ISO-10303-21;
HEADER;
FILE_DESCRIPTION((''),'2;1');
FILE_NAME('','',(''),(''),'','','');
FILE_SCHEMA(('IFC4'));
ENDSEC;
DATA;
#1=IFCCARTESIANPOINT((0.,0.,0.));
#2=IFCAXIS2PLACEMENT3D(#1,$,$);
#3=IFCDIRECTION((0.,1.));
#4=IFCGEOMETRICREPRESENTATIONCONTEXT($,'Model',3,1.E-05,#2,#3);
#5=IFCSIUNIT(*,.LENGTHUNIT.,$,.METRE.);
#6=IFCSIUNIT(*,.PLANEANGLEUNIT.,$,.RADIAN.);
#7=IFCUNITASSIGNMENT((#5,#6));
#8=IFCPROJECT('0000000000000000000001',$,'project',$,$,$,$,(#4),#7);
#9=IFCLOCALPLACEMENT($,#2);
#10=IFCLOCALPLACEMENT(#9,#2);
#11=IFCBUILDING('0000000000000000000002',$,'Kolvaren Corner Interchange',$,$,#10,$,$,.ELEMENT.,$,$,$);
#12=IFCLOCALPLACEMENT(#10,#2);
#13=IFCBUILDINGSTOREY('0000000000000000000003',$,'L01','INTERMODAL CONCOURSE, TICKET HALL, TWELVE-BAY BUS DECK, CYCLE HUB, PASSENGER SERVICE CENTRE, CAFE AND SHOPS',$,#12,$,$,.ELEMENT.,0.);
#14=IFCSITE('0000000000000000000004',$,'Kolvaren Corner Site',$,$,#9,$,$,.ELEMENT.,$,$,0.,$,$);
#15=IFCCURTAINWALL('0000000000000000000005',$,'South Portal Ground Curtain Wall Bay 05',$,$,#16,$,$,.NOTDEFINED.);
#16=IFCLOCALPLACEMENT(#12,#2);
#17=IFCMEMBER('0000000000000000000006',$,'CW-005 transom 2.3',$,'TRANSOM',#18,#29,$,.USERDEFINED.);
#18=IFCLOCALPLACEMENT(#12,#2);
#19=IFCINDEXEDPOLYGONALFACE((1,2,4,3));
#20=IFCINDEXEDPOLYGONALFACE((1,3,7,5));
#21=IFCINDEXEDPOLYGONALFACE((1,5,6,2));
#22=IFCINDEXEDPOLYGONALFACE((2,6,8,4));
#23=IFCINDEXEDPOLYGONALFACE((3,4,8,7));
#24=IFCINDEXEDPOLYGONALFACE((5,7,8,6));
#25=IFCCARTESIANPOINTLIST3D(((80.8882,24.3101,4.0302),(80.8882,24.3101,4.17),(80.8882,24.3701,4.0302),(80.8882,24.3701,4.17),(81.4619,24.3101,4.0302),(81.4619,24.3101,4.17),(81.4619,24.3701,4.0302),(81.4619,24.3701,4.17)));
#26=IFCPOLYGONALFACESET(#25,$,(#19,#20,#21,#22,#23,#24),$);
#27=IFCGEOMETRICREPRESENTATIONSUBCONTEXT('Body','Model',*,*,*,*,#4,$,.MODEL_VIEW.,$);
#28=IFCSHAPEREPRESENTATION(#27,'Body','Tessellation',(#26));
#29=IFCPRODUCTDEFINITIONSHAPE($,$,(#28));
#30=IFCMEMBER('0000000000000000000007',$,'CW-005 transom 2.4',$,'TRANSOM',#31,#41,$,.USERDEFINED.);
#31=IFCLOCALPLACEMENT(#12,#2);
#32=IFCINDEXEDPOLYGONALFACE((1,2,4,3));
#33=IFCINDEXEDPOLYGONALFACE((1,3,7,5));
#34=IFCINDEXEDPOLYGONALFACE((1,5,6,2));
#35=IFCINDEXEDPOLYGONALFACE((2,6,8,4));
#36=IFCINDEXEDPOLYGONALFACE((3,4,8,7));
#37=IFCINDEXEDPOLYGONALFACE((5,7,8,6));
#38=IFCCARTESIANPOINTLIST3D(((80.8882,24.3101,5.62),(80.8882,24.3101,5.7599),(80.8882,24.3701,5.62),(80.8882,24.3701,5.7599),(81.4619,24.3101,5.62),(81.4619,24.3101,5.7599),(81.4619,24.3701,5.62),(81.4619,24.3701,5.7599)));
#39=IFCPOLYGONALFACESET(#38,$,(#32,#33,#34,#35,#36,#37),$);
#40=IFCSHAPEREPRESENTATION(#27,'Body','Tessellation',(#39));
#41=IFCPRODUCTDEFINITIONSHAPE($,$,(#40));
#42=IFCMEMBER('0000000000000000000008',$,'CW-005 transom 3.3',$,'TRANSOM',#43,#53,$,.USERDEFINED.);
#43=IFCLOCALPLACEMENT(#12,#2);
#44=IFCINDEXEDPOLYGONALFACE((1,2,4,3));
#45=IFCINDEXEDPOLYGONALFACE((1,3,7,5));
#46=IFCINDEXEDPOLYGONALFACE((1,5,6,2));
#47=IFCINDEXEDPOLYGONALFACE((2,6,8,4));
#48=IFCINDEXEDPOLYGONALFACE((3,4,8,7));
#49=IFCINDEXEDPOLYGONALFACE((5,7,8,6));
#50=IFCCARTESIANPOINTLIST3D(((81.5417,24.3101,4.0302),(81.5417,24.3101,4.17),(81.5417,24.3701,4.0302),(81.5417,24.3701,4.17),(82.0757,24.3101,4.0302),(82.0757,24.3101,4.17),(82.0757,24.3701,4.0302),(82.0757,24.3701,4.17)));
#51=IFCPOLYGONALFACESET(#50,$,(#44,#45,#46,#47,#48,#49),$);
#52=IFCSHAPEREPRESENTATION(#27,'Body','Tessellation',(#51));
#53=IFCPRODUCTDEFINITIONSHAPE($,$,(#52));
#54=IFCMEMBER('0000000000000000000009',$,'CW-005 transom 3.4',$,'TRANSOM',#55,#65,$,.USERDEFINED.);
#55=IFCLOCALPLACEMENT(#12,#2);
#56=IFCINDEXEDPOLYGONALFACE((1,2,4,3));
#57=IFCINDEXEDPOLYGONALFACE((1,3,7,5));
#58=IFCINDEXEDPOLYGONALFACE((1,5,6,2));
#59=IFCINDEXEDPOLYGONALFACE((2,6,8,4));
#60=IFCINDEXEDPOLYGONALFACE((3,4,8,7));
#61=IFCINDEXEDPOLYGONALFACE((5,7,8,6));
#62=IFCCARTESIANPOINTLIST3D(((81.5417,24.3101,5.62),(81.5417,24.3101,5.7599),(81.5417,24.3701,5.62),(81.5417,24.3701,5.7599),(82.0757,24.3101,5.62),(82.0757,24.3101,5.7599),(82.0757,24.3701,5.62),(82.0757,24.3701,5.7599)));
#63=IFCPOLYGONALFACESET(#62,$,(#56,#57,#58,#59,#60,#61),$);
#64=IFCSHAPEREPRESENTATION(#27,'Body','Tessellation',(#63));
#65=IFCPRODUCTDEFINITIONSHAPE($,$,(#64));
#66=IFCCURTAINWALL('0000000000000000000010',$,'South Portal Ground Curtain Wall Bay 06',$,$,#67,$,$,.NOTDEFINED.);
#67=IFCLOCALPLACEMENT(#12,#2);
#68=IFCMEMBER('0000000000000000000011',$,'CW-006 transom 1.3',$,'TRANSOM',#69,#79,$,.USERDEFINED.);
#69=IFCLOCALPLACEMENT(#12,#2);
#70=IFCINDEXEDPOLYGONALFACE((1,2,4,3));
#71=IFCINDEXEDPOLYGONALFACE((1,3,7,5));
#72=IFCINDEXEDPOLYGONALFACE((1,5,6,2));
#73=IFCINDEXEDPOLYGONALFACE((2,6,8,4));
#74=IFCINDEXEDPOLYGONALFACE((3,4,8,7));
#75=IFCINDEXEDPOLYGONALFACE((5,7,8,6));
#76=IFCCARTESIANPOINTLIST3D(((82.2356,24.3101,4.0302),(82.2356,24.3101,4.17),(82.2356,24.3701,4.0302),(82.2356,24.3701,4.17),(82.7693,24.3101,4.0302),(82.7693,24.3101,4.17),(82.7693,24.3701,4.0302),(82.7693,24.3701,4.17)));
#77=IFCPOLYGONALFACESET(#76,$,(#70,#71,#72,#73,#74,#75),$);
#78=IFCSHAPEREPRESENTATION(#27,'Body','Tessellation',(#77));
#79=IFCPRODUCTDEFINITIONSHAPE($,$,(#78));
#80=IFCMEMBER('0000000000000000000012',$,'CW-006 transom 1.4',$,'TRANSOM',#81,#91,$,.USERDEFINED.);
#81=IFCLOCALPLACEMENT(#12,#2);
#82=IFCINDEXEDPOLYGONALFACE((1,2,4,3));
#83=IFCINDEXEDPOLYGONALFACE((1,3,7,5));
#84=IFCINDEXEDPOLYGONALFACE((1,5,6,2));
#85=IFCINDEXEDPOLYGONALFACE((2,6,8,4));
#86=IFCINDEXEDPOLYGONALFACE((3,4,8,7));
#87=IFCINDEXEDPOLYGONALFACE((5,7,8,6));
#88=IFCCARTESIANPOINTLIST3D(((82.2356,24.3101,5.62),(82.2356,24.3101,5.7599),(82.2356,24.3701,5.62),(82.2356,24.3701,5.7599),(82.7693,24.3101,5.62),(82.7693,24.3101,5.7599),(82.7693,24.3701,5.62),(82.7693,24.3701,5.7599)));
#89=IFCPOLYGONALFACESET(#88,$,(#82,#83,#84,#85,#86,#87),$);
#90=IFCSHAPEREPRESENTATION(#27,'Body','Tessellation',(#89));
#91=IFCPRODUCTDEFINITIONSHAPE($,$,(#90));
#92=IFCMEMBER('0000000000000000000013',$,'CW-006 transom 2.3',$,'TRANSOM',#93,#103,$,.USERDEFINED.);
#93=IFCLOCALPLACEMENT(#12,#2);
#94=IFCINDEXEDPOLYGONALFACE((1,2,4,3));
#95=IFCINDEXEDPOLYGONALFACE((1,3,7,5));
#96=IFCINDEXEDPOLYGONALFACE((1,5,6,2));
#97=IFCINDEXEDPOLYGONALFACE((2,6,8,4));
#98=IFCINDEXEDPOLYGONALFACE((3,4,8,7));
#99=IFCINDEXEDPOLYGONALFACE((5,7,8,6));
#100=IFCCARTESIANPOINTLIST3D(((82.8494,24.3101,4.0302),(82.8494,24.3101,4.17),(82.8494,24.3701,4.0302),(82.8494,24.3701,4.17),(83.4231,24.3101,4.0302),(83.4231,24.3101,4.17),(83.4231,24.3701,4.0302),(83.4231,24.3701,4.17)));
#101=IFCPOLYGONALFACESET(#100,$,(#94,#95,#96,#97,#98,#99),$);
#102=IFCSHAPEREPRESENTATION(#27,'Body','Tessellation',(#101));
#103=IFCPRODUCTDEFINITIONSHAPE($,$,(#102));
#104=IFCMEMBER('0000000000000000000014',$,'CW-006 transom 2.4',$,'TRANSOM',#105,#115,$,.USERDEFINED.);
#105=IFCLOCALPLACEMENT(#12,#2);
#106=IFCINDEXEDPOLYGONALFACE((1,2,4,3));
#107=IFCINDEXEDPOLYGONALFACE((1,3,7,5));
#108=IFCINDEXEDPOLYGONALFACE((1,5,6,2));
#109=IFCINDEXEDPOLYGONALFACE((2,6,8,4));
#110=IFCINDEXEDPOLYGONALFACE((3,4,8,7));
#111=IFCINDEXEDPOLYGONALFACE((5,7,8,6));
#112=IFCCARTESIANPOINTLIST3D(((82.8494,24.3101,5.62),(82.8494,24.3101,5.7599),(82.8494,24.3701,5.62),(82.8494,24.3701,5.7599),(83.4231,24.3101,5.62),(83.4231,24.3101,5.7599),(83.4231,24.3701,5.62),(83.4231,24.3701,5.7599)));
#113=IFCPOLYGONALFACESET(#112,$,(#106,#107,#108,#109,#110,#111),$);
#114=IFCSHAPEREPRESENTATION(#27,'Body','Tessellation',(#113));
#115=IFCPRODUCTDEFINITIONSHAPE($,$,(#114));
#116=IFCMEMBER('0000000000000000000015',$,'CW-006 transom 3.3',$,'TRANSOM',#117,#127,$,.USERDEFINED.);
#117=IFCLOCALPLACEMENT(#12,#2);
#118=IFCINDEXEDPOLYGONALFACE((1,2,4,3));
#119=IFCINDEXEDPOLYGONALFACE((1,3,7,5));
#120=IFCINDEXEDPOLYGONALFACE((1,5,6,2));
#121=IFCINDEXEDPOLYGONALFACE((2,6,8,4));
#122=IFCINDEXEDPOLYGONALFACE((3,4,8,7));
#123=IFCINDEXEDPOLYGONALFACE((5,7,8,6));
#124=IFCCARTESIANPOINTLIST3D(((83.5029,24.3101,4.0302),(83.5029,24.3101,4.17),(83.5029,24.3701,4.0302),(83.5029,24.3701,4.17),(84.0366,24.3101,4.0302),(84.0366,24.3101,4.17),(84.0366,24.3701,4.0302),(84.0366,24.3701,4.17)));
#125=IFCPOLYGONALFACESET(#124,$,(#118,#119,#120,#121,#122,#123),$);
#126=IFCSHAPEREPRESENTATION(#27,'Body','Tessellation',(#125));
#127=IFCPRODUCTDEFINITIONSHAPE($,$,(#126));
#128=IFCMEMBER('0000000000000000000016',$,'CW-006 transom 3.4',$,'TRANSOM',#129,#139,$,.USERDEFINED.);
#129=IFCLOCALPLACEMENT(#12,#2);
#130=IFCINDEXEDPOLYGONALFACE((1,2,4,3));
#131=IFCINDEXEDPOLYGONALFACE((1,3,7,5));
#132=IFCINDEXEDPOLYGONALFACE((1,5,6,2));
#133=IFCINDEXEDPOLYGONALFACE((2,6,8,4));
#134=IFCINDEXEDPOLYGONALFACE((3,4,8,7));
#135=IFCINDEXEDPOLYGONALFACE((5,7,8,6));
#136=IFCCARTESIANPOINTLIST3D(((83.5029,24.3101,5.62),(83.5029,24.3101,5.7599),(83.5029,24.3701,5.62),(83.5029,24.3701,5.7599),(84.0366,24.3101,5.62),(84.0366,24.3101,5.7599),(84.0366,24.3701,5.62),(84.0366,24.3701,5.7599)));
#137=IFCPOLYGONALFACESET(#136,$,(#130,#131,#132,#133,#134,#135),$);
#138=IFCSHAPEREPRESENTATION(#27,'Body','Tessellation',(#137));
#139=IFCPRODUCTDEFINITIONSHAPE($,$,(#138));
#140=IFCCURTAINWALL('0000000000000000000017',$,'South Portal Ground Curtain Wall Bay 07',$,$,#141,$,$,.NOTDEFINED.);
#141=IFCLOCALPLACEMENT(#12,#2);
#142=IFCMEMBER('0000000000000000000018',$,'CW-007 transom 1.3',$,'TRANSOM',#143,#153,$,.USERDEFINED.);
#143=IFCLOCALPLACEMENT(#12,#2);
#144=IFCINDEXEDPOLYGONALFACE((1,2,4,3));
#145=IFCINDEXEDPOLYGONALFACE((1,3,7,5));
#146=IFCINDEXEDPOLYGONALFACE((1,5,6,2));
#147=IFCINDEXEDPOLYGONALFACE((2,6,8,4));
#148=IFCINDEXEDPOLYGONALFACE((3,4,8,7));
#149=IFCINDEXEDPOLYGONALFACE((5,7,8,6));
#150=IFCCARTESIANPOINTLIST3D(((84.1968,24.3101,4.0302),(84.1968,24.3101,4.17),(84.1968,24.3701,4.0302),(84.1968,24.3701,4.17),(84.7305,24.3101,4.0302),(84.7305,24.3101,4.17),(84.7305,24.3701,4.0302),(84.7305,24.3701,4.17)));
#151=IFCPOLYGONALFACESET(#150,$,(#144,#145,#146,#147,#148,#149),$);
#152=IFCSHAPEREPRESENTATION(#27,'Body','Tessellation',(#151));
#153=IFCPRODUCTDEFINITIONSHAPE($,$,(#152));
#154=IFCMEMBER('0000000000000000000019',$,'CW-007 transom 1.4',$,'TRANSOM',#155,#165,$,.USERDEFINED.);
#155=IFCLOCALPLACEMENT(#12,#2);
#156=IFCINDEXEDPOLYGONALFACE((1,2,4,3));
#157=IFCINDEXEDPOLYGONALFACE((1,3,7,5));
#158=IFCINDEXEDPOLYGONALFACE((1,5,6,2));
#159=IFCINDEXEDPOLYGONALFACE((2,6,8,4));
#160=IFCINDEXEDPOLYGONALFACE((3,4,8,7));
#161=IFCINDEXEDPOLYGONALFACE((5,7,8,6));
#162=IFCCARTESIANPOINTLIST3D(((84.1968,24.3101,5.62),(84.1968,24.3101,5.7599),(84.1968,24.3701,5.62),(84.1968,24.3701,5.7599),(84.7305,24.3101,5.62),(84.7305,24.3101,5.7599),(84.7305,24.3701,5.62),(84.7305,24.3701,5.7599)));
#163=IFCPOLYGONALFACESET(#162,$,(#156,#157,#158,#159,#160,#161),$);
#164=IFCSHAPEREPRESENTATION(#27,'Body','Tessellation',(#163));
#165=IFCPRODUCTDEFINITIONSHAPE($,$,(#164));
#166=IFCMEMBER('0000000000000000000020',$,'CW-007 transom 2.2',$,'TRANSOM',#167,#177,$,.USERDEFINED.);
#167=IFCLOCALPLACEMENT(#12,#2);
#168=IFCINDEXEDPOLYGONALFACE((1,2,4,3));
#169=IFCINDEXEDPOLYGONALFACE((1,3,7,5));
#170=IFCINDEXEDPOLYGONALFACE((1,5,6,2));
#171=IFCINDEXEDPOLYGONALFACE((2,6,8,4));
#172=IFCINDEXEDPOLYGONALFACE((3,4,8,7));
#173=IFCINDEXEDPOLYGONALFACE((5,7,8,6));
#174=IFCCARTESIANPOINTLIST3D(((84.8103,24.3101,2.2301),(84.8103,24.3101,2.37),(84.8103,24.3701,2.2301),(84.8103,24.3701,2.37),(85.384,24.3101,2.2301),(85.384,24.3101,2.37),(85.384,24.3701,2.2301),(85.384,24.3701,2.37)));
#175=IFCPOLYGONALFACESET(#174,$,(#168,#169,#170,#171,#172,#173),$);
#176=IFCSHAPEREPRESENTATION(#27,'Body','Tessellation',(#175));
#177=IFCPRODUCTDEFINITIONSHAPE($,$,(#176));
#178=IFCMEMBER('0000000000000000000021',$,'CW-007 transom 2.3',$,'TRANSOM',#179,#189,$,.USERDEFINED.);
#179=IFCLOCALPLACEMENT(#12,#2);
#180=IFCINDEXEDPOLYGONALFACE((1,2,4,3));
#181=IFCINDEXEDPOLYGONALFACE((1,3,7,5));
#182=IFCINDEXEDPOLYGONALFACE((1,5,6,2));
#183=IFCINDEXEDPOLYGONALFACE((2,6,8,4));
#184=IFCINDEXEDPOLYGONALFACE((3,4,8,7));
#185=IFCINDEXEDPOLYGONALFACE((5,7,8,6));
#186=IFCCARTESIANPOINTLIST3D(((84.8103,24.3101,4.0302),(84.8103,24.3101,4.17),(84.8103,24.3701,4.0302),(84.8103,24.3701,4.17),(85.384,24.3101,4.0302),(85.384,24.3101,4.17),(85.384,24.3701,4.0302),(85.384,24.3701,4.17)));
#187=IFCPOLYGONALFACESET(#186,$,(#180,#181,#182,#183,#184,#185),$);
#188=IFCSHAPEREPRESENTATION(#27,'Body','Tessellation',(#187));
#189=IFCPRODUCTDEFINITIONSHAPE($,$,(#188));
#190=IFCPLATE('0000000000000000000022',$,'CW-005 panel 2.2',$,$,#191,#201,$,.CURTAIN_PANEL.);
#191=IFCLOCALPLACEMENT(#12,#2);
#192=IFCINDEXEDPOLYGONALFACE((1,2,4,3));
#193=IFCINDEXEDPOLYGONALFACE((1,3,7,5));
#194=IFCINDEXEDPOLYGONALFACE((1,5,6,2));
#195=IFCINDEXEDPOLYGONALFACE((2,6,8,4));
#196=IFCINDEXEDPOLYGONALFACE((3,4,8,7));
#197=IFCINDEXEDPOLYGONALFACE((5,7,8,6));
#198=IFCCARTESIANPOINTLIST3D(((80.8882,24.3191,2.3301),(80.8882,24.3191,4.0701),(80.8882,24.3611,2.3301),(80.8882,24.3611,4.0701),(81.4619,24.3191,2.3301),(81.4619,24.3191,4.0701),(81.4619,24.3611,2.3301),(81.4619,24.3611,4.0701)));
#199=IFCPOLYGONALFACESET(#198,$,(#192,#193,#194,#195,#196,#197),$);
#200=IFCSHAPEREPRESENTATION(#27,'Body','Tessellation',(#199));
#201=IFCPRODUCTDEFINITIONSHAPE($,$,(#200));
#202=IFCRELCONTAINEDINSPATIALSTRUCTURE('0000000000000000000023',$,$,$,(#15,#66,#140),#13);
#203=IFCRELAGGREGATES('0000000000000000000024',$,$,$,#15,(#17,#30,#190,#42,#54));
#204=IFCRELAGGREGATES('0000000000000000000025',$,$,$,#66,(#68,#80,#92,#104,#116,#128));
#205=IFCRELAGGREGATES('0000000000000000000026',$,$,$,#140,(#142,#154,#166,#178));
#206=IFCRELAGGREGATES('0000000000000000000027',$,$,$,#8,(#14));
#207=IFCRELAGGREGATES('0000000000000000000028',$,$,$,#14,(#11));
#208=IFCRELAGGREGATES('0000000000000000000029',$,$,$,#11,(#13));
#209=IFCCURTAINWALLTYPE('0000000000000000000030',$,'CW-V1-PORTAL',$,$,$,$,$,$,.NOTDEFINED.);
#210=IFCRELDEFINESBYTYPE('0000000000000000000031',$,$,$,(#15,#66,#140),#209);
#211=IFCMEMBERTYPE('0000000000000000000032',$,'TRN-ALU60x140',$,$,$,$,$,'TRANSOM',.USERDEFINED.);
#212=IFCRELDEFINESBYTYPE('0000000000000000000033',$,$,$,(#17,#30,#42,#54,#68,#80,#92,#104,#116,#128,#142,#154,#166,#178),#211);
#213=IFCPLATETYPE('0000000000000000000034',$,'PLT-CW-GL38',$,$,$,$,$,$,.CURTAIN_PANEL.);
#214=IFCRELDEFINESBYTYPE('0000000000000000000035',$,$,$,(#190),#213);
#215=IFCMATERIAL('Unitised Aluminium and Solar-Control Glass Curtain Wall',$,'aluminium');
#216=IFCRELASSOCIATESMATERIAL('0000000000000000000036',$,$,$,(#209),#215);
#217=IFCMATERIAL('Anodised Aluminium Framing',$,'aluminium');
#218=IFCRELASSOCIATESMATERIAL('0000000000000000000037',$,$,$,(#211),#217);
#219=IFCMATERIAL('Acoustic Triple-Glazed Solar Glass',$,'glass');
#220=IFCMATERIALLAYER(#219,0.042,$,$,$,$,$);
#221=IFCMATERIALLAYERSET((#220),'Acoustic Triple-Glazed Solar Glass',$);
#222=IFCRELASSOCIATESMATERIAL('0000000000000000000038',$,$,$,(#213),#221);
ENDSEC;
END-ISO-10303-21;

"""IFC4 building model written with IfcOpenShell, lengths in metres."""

from ifc_helpers import new_model, si_unit, direction, frame, origin, origin_2d, place, context, subcontext, project, spatial, rectangle, extrude, material, layer, layer_set, material_profile, profile_set, type_object, element, aggregate, save


model = new_model("IFC4")

# Units and contexts
model_context = context("Model", 3, precision=1e-05, world=origin(), true_north=direction((0.0, 1.0)))
body_context = subcontext(model_context, "Body", "Model", "MODEL_VIEW")
ifc_project = project(units=[si_unit("LENGTHUNIT", "METRE"), si_unit("PLANEANGLEUNIT", "RADIAN")], contexts=[model_context])

# Site, building, storey
site_placement = place(None, origin())
site = spatial("IfcSite", under=ifc_project, at=site_placement, Name="Kolvaren Corner Site", CompositionType="ELEMENT", RefElevation=0.0)
building_placement = place(site_placement, origin())
building = spatial("IfcBuilding", under=site, at=building_placement, Name="Kolvaren Corner Interchange", CompositionType="ELEMENT")
storey_placement = place(building_placement, origin())
storey = spatial("IfcBuildingStorey", under=building, at=storey_placement, Name="L01", Description="INTERMODAL CONCOURSE, TICKET HALL, TWELVE-BAY BUS DECK, CYCLE HUB, PASSENGER SERVICE CENTRE, CAFE AND SHOPS", CompositionType="ELEMENT", Elevation=0.0)

# Curtain walls, members
ifc_material_1 = material(Name="Unitised Aluminium and Solar-Control Glass Curtain Wall", Category="aluminium")
curtain_wall_type = type_object("IfcCurtainWallType", Name="CW-V1-PORTAL", PredefinedType="NOTDEFINED", material=ifc_material_1)
curtain_wall_1_placement = place(storey_placement, origin())
curtain_wall_1 = element("IfcCurtainWall", 1, at=curtain_wall_1_placement, inside=storey, type_object=curtain_wall_type, Name="South Portal Ground Curtain Wall Bay 05", PredefinedType="NOTDEFINED")
ifc_material_2 = material(Name="Anodised Aluminium Framing", Category="aluminium")
ifc_material_profile = material_profile(ifc_material_2, rectangle(XDim=0.0601, YDim=0.1399, at=origin_2d()), Name="ALU 60x140")
ifc_profile_set = profile_set([ifc_material_profile], Name="Anodised Aluminium Framing")
member_type = type_object("IfcMemberType", Name="TRN-ALU60x140", ElementType="TRANSOM", PredefinedType="USERDEFINED", material=ifc_profile_set)
member_1_placement = place(storey_placement, frame((80.8882, 24.3401, 4.1001), z_axis=(1.0, 0.0, 0.0), x_axis=(0.0, 1.0, 0.0)))
member_1 = element("IfcMember", 2, at=member_1_placement, type_object=member_type, Name="CW-005 transom 2.3", ObjectType="TRANSOM", PredefinedType="USERDEFINED", context=body_context, shape_type="SweptSolid", body=[
    extrude(rectangle(XDim=0.0601, YDim=0.1399, at=origin_2d()), origin(), (0.0, 0.0, 1.0), 0.5737),
])
member_2_placement = place(storey_placement, frame((80.8882, 24.3401, 5.6899), z_axis=(1.0, 0.0, 0.0), x_axis=(0.0, 1.0, 0.0)))
member_2 = element("IfcMember", 3, at=member_2_placement, type_object=member_type, Name="CW-005 transom 2.4", ObjectType="TRANSOM", PredefinedType="USERDEFINED", context=body_context, shape_type="SweptSolid", body=[
    extrude(rectangle(XDim=0.0601, YDim=0.1399, at=origin_2d()), origin(), (0.0, 0.0, 1.0), 0.5737),
])
member_3_placement = place(storey_placement, frame((81.5417, 24.3401, 4.1001), z_axis=(1.0, 0.0, 0.0), x_axis=(0.0, 1.0, 0.0)))
member_3 = element("IfcMember", 4, at=member_3_placement, type_object=member_type, Name="CW-005 transom 3.3", ObjectType="TRANSOM", PredefinedType="USERDEFINED", context=body_context, shape_type="SweptSolid", body=[
    extrude(rectangle(XDim=0.0601, YDim=0.1399, at=origin_2d()), origin(), (0.0, 0.0, 1.0), 0.5339),
])
member_4_placement = place(storey_placement, frame((81.5417, 24.3401, 5.6899), z_axis=(1.0, 0.0, 0.0), x_axis=(0.0, 1.0, 0.0)))
member_4 = element("IfcMember", 5, at=member_4_placement, type_object=member_type, Name="CW-005 transom 3.4", ObjectType="TRANSOM", PredefinedType="USERDEFINED", context=body_context, shape_type="SweptSolid", body=[
    extrude(rectangle(XDim=0.0601, YDim=0.1399, at=origin_2d()), origin(), (0.0, 0.0, 1.0), 0.5339),
])
curtain_wall_2_placement = place(storey_placement, origin())
curtain_wall_2 = element("IfcCurtainWall", 6, at=curtain_wall_2_placement, inside=storey, type_object=curtain_wall_type, Name="South Portal Ground Curtain Wall Bay 06", PredefinedType="NOTDEFINED")
member_5_placement = place(storey_placement, frame((82.2356, 24.3401, 4.1001), z_axis=(1.0, 0.0, 0.0), x_axis=(0.0, 1.0, 0.0)))
member_5 = element("IfcMember", 7, at=member_5_placement, type_object=member_type, Name="CW-006 transom 1.3", ObjectType="TRANSOM", PredefinedType="USERDEFINED", context=body_context, shape_type="SweptSolid", body=[
    extrude(rectangle(XDim=0.0601, YDim=0.1399, at=origin_2d()), origin(), (0.0, 0.0, 1.0), 0.5337),
])
member_6_placement = place(storey_placement, frame((82.2356, 24.3401, 5.6899), z_axis=(1.0, 0.0, 0.0), x_axis=(0.0, 1.0, 0.0)))
member_6 = element("IfcMember", 8, at=member_6_placement, type_object=member_type, Name="CW-006 transom 1.4", ObjectType="TRANSOM", PredefinedType="USERDEFINED", context=body_context, shape_type="SweptSolid", body=[
    extrude(rectangle(XDim=0.0601, YDim=0.1399, at=origin_2d()), origin(), (0.0, 0.0, 1.0), 0.5337),
])
member_7_placement = place(storey_placement, frame((82.8494, 24.3401, 4.1001), z_axis=(1.0, 0.0, 0.0), x_axis=(0.0, 1.0, 0.0)))
member_7 = element("IfcMember", 9, at=member_7_placement, type_object=member_type, Name="CW-006 transom 2.3", ObjectType="TRANSOM", PredefinedType="USERDEFINED", context=body_context, shape_type="SweptSolid", body=[
    extrude(rectangle(XDim=0.0601, YDim=0.1399, at=origin_2d()), origin(), (0.0, 0.0, 1.0), 0.5737),
])
member_8_placement = place(storey_placement, frame((82.8494, 24.3401, 5.6899), z_axis=(1.0, 0.0, 0.0), x_axis=(0.0, 1.0, 0.0)))
member_8 = element("IfcMember", 10, at=member_8_placement, type_object=member_type, Name="CW-006 transom 2.4", ObjectType="TRANSOM", PredefinedType="USERDEFINED", context=body_context, shape_type="SweptSolid", body=[
    extrude(rectangle(XDim=0.0601, YDim=0.1399, at=origin_2d()), origin(), (0.0, 0.0, 1.0), 0.5737),
])
member_9_placement = place(storey_placement, frame((83.5029, 24.3401, 4.1001), z_axis=(1.0, 0.0, 0.0), x_axis=(0.0, 1.0, 0.0)))
member_9 = element("IfcMember", 11, at=member_9_placement, type_object=member_type, Name="CW-006 transom 3.3", ObjectType="TRANSOM", PredefinedType="USERDEFINED", context=body_context, shape_type="SweptSolid", body=[
    extrude(rectangle(XDim=0.0601, YDim=0.1399, at=origin_2d()), origin(), (0.0, 0.0, 1.0), 0.5337),
])
member_10_placement = place(storey_placement, frame((83.5029, 24.3401, 5.6899), z_axis=(1.0, 0.0, 0.0), x_axis=(0.0, 1.0, 0.0)))
member_10 = element("IfcMember", 12, at=member_10_placement, type_object=member_type, Name="CW-006 transom 3.4", ObjectType="TRANSOM", PredefinedType="USERDEFINED", context=body_context, shape_type="SweptSolid", body=[
    extrude(rectangle(XDim=0.0601, YDim=0.1399, at=origin_2d()), origin(), (0.0, 0.0, 1.0), 0.5337),
])
curtain_wall_3_placement = place(storey_placement, origin())
curtain_wall_3 = element("IfcCurtainWall", 13, at=curtain_wall_3_placement, inside=storey, type_object=curtain_wall_type, Name="South Portal Ground Curtain Wall Bay 07", PredefinedType="NOTDEFINED")
member_11_placement = place(storey_placement, frame((84.1968, 24.3401, 4.1001), z_axis=(1.0, 0.0, 0.0), x_axis=(0.0, 1.0, 0.0)))
member_11 = element("IfcMember", 14, at=member_11_placement, type_object=member_type, Name="CW-007 transom 1.3", ObjectType="TRANSOM", PredefinedType="USERDEFINED", context=body_context, shape_type="SweptSolid", body=[
    extrude(rectangle(XDim=0.0601, YDim=0.1399, at=origin_2d()), origin(), (0.0, 0.0, 1.0), 0.5337),
])
member_12_placement = place(storey_placement, frame((84.1968, 24.3401, 5.6899), z_axis=(1.0, 0.0, 0.0), x_axis=(0.0, 1.0, 0.0)))
member_12 = element("IfcMember", 15, at=member_12_placement, type_object=member_type, Name="CW-007 transom 1.4", ObjectType="TRANSOM", PredefinedType="USERDEFINED", context=body_context, shape_type="SweptSolid", body=[
    extrude(rectangle(XDim=0.0601, YDim=0.1399, at=origin_2d()), origin(), (0.0, 0.0, 1.0), 0.5337),
])
member_13_placement = place(storey_placement, frame((84.8103, 24.3401, 2.3), z_axis=(1.0, 0.0, 0.0), x_axis=(0.0, 1.0, 0.0)))
member_13 = element("IfcMember", 16, at=member_13_placement, type_object=member_type, Name="CW-007 transom 2.2", ObjectType="TRANSOM", PredefinedType="USERDEFINED", context=body_context, shape_type="SweptSolid", body=[
    extrude(rectangle(XDim=0.0601, YDim=0.1399, at=origin_2d()), origin(), (0.0, 0.0, 1.0), 0.5737),
])
member_14_placement = place(storey_placement, frame((84.8103, 24.3401, 4.1001), z_axis=(1.0, 0.0, 0.0), x_axis=(0.0, 1.0, 0.0)))
member_14 = element("IfcMember", 17, at=member_14_placement, type_object=member_type, Name="CW-007 transom 2.3", ObjectType="TRANSOM", PredefinedType="USERDEFINED", context=body_context, shape_type="SweptSolid", body=[
    extrude(rectangle(XDim=0.0601, YDim=0.1399, at=origin_2d()), origin(), (0.0, 0.0, 1.0), 0.5737),
])

# Plate
ifc_material_3 = material(Name="Acoustic Triple-Glazed Solar Glass", Category="glass")
ifc_layer = layer(ifc_material_3, 0.042)
ifc_layer_set = layer_set([ifc_layer], Name="Acoustic Triple-Glazed Solar Glass")
plate_type = type_object("IfcPlateType", Name="PLT-CW-GL38", PredefinedType="CURTAIN_PANEL", material=ifc_layer_set)
plate_1_placement = place(storey_placement, frame((81.175, 24.3401, 2.3301), z_axis=(0.0, 0.0, 1.0), x_axis=(1.0, 0.0, 0.0)))
plate_1 = element("IfcPlate", 18, at=plate_1_placement, type_object=plate_type, Name="CW-005 panel 2.2", PredefinedType="CURTAIN_PANEL", context=body_context, shape_type="SweptSolid", body=[
    extrude(rectangle(XDim=0.5737, YDim=0.042, at=origin_2d()), origin(), (0.0, 0.0, 1.0), 1.74),
])
aggregate(curtain_wall_1, [member_1, member_2, plate_1, member_3, member_4])
aggregate(curtain_wall_2, [member_5, member_6, member_7, member_8, member_9, member_10])
aggregate(curtain_wall_3, [member_11, member_12, member_13, member_14])

save(model, "model.ifc")
